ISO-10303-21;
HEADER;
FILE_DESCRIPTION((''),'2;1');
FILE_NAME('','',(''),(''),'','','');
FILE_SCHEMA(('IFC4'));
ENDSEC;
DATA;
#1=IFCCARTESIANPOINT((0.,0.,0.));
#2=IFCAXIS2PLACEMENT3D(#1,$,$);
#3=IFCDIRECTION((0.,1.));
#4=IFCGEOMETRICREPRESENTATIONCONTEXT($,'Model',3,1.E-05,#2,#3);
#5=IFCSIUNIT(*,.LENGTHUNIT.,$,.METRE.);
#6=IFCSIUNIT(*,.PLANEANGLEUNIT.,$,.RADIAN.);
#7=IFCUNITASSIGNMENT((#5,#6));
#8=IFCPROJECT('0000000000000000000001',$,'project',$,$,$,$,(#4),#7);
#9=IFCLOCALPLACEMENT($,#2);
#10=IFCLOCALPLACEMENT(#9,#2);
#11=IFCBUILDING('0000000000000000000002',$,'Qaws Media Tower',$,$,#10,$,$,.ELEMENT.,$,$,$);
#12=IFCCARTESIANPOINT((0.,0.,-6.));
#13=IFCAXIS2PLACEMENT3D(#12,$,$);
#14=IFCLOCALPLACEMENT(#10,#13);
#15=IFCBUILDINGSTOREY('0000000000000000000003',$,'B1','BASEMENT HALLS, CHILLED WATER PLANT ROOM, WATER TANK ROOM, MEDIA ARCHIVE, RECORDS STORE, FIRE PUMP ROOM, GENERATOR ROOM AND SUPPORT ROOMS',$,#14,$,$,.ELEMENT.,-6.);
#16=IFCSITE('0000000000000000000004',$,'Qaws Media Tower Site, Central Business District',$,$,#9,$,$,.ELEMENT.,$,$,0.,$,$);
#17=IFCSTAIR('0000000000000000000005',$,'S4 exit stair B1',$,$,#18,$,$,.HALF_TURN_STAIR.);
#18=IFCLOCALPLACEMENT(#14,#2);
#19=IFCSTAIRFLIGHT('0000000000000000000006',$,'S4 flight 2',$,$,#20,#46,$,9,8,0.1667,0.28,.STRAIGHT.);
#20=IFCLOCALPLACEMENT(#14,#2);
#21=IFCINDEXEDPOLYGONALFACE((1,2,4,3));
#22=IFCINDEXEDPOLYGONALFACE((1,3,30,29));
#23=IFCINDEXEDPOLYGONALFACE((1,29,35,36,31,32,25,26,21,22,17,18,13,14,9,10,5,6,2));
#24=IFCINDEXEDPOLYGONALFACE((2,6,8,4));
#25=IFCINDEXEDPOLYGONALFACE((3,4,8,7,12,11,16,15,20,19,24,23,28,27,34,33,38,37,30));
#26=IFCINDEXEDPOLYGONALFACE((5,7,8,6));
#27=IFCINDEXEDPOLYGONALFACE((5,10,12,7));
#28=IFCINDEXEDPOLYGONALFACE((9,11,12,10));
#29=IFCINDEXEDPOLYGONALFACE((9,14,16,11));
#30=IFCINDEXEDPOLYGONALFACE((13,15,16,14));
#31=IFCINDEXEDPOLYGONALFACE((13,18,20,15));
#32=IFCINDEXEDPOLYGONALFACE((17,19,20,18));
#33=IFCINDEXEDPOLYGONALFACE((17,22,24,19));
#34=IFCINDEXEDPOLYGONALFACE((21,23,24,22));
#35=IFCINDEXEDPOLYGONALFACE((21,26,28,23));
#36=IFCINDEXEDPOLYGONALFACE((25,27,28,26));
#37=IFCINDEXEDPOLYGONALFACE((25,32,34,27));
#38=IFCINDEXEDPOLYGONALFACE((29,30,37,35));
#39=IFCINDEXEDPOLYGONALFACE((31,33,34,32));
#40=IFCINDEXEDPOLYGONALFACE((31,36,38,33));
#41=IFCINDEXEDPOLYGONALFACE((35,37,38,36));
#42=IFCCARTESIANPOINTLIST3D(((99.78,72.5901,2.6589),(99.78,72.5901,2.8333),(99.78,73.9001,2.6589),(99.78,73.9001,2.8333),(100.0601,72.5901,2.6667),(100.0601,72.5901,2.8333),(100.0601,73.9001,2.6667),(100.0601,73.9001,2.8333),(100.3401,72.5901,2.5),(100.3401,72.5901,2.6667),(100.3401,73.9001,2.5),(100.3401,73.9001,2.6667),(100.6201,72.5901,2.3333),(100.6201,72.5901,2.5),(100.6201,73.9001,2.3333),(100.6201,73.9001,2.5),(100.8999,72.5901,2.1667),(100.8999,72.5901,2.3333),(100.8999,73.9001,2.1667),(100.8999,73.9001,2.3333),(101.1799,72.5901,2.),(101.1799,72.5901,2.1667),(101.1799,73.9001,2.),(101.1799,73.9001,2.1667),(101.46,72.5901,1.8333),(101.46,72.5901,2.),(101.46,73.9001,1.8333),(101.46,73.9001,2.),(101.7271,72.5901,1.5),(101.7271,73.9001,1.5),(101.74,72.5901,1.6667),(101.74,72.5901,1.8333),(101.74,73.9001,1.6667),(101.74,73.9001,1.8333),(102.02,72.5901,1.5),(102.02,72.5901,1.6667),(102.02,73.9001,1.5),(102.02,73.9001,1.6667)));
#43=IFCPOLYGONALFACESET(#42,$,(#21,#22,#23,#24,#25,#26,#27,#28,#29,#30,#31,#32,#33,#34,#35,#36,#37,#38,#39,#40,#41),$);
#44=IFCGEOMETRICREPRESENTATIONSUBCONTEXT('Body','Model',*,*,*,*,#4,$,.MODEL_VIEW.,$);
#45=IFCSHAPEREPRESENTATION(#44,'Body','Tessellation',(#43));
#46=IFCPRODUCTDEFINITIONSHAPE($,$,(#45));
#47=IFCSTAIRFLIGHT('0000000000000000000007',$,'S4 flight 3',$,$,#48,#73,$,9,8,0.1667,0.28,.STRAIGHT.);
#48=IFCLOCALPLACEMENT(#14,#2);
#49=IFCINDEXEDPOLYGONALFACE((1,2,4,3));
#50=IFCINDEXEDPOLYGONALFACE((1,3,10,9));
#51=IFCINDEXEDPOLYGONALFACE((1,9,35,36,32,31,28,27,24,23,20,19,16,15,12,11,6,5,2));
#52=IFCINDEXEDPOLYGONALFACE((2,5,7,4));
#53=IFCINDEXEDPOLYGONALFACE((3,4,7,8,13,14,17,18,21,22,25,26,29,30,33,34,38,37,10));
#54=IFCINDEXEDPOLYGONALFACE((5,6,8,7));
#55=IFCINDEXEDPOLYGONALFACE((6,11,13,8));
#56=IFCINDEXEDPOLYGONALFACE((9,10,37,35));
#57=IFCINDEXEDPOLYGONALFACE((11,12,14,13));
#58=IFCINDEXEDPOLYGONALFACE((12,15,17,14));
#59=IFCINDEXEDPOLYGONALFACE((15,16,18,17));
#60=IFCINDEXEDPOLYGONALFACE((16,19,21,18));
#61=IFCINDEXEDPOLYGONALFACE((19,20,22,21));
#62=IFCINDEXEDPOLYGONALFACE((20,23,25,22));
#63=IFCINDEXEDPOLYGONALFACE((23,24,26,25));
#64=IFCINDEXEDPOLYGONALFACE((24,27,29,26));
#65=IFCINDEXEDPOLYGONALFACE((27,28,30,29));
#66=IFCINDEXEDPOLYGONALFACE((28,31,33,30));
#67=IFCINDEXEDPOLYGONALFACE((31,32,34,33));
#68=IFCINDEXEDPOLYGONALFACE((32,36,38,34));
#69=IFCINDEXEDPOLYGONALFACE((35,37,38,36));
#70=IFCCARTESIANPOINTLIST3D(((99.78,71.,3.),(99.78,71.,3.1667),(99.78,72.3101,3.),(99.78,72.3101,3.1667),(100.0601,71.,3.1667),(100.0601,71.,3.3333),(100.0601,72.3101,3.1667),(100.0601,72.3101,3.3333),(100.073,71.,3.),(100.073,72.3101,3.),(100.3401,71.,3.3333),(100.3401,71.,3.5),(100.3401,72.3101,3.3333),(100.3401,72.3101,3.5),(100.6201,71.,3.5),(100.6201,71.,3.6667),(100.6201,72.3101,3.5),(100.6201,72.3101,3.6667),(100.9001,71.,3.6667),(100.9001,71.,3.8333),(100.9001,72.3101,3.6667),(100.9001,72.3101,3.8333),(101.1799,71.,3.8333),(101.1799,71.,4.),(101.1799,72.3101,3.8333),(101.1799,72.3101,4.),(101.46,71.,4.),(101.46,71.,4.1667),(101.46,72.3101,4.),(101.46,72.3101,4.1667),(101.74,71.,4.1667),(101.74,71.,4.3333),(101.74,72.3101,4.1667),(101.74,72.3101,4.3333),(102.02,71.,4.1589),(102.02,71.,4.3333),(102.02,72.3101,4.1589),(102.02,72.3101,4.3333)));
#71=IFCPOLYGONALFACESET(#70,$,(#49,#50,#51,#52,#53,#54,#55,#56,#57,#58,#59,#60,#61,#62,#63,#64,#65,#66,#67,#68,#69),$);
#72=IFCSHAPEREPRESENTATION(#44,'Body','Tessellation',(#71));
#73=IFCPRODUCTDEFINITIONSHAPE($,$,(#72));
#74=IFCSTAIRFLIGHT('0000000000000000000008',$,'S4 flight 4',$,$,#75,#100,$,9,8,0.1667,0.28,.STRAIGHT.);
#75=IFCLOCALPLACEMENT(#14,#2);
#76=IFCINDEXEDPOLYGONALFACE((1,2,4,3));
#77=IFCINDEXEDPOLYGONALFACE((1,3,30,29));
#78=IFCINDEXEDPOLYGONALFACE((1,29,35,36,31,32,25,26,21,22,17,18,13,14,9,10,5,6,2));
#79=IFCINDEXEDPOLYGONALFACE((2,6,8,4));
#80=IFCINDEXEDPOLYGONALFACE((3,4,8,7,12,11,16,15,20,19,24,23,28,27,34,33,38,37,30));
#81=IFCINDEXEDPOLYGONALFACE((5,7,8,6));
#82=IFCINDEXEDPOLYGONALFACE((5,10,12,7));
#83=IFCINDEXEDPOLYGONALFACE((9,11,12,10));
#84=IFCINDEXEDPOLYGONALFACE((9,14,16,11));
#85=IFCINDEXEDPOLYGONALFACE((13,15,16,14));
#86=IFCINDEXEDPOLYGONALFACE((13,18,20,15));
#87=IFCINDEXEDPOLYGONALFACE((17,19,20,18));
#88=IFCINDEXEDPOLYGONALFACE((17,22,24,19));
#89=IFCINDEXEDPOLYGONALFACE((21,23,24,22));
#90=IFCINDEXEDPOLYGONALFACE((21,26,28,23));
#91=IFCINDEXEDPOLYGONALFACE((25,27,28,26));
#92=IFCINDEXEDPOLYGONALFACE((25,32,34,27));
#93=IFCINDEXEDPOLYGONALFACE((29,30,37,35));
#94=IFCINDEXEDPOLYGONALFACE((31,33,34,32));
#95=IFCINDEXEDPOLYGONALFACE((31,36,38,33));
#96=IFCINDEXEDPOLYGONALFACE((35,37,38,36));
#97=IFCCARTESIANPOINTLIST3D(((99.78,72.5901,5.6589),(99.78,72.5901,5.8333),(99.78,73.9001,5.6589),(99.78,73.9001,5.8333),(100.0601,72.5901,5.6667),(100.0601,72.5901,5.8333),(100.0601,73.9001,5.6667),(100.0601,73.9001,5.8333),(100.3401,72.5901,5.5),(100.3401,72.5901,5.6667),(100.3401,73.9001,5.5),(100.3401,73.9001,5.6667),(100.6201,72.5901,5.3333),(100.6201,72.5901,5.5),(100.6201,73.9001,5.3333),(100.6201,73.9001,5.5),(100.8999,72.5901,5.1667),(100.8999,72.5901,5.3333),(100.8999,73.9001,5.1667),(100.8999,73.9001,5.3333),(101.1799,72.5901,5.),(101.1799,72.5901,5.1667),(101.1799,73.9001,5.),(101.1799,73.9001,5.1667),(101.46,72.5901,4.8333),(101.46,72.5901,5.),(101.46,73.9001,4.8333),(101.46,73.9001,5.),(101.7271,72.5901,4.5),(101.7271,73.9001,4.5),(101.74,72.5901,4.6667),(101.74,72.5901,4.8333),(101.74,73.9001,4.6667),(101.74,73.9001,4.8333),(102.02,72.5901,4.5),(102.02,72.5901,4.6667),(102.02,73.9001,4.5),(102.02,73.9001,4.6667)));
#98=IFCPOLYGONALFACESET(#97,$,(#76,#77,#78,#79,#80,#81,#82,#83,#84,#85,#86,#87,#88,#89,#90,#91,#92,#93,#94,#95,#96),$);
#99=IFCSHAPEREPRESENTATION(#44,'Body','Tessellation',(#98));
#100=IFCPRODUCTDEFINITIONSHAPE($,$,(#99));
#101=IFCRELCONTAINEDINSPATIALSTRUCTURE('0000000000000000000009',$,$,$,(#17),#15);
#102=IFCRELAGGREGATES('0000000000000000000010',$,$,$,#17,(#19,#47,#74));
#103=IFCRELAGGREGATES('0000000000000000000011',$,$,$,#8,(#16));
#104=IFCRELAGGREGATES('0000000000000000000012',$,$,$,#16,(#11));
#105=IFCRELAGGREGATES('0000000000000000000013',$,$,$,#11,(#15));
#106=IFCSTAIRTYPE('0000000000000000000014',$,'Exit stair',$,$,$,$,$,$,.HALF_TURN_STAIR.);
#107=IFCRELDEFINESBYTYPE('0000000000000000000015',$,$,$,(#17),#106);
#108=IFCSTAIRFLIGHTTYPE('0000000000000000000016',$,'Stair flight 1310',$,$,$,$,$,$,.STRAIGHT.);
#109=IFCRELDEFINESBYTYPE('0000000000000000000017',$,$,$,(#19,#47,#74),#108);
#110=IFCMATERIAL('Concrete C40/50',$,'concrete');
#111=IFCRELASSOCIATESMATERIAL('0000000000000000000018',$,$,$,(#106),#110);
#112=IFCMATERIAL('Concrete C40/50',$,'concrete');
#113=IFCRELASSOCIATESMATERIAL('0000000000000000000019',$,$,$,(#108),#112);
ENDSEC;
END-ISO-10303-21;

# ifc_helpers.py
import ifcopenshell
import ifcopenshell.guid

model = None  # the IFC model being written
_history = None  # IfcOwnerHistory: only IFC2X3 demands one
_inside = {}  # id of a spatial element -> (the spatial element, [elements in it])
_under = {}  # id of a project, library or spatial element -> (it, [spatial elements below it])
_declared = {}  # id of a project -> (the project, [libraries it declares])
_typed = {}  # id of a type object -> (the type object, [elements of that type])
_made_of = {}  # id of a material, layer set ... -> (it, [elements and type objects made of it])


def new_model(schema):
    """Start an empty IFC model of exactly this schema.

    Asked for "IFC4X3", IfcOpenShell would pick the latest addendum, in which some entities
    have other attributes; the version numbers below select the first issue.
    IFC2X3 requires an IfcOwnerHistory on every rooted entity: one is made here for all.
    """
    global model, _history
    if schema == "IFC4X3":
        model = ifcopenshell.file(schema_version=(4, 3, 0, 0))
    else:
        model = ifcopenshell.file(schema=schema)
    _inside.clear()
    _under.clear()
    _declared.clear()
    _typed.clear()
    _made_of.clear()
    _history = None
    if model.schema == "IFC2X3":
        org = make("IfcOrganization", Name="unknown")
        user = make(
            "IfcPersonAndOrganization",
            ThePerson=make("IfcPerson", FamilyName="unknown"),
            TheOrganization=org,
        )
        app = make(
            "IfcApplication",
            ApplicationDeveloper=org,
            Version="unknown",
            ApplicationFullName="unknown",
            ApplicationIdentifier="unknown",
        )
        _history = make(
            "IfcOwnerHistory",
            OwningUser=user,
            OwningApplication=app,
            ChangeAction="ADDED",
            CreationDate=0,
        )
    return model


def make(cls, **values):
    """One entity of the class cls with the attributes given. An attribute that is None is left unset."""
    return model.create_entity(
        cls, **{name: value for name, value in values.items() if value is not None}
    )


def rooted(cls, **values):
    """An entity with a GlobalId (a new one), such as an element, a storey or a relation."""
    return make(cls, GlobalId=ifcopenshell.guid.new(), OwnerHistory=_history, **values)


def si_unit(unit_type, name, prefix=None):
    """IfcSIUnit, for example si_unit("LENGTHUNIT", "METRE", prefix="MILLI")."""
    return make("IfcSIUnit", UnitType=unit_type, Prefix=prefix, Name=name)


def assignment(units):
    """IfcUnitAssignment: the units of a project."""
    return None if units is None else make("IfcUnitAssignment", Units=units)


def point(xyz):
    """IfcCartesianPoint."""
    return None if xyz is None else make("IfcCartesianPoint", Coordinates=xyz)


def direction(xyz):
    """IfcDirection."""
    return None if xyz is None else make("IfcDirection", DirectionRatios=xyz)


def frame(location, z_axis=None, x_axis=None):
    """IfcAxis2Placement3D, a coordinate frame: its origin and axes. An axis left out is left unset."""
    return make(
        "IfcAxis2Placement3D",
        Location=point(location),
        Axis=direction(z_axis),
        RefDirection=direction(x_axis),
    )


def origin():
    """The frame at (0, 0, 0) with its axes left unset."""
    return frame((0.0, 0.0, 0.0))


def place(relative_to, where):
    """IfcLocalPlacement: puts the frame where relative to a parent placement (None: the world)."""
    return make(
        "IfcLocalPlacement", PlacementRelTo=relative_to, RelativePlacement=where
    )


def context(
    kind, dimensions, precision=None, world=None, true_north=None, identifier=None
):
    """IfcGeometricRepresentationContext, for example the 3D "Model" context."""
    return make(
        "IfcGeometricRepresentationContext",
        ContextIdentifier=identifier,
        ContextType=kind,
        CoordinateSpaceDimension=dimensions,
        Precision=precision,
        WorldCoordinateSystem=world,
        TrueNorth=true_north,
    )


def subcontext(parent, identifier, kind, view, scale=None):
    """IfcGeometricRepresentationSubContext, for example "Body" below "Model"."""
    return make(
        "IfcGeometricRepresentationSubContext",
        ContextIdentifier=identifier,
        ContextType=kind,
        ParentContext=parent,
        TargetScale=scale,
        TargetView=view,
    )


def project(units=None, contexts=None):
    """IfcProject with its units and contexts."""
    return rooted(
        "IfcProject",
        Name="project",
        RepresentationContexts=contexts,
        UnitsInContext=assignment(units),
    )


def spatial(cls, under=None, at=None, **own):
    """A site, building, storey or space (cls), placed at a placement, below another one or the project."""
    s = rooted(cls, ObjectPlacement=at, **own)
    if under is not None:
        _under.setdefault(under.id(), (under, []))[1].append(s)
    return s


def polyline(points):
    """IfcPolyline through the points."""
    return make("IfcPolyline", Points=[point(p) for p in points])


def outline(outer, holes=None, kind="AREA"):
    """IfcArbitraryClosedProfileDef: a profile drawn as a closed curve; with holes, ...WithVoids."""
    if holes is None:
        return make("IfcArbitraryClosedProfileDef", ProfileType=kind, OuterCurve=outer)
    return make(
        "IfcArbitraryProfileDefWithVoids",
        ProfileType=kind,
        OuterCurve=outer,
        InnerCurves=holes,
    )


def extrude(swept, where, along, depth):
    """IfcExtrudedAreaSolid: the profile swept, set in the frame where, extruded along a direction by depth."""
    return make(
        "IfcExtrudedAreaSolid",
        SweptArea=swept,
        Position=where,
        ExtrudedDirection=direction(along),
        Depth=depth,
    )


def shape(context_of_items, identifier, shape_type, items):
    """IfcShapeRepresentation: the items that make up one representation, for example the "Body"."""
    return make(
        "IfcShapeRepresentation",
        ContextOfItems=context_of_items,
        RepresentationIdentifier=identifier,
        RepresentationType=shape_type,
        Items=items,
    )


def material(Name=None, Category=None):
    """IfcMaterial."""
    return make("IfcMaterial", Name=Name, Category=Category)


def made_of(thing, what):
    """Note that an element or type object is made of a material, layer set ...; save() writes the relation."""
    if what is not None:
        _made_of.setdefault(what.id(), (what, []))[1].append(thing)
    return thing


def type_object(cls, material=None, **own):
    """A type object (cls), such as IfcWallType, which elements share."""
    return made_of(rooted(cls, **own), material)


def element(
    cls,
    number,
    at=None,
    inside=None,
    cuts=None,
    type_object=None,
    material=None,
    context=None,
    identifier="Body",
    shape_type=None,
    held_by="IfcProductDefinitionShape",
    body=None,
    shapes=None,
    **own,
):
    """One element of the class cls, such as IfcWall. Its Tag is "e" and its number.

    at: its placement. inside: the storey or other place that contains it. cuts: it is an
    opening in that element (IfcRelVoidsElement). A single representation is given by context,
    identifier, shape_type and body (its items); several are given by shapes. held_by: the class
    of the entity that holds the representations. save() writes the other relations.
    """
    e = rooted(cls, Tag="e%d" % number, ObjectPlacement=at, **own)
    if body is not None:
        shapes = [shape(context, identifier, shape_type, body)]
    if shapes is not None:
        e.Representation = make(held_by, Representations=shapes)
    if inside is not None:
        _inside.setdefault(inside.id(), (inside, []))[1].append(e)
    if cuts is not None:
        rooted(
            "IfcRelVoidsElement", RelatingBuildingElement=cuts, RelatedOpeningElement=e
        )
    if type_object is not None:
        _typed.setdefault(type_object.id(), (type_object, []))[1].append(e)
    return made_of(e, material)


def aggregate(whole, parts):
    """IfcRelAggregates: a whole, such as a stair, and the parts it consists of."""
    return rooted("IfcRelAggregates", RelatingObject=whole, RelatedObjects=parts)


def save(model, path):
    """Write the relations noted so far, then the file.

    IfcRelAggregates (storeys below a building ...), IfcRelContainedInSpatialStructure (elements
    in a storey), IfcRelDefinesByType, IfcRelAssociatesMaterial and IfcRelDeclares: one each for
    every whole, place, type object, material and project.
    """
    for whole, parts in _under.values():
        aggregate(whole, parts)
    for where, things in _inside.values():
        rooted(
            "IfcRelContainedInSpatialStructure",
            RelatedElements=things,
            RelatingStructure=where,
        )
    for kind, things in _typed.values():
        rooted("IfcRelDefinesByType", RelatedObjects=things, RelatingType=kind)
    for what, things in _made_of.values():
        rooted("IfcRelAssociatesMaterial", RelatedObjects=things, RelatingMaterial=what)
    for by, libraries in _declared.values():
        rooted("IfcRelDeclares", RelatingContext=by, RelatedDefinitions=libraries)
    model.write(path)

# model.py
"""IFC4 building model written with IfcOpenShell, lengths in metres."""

from ifc_helpers import new_model, si_unit, direction, frame, origin, place, context, subcontext, project, spatial, polyline, outline, extrude, material, type_object, element, aggregate, save


model = new_model("IFC4")

# Units and contexts
model_context = context("Model", 3, precision=1e-05, world=origin(), true_north=direction((0.0, 1.0)))
body_context = subcontext(model_context, "Body", "Model", "MODEL_VIEW")
ifc_project = project(units=[si_unit("LENGTHUNIT", "METRE"), si_unit("PLANEANGLEUNIT", "RADIAN")], contexts=[model_context])

# Site, building, storey
site_placement = place(None, origin())
site = spatial("IfcSite", under=ifc_project, at=site_placement, Name="Qaws Media Tower Site, Central Business District", CompositionType="ELEMENT", RefElevation=0.0)
building_placement = place(site_placement, origin())
building = spatial("IfcBuilding", under=site, at=building_placement, Name="Qaws Media Tower", CompositionType="ELEMENT")
storey_placement = place(building_placement, frame((0.0, 0.0, -6.0)))
storey = spatial("IfcBuildingStorey", under=building, at=storey_placement, Name="B1", Description="BASEMENT HALLS, CHILLED WATER PLANT ROOM, WATER TANK ROOM, MEDIA ARCHIVE, RECORDS STORE, FIRE PUMP ROOM, GENERATOR ROOM AND SUPPORT ROOMS", CompositionType="ELEMENT", Elevation=-6.0)

# Stair, stair flights
ifc_material_1 = material(Name="Concrete C40/50", Category="concrete")
stair_type = type_object("IfcStairType", Name="Exit stair", PredefinedType="HALF_TURN_STAIR", material=ifc_material_1)
stair_placement = place(storey_placement, origin())
stair = element("IfcStair", 1, at=stair_placement, inside=storey, type_object=stair_type, Name="S4 exit stair B1", PredefinedType="HALF_TURN_STAIR")
ifc_material_2 = material(Name="Concrete C40/50", Category="concrete")
stair_flight_type = type_object("IfcStairFlightType", Name="Stair flight 1310", PredefinedType="STRAIGHT", material=ifc_material_2)
stair_flight_1_placement = place(storey_placement, frame((102.02, 73.2451, 1.5), z_axis=(0.0, 0.0, 1.0), x_axis=(-1.0, 0.0, 0.0)))
stair_flight_1 = element("IfcStairFlight", 2, at=stair_flight_1_placement, type_object=stair_flight_type, Name="S4 flight 2", NumberOfRisers=9, NumberOfTreads=8, PredefinedType="STRAIGHT", RiserHeight=0.1667, TreadLength=0.28, context=body_context, shape_type="SweptSolid", body=[
    extrude(outline(polyline([(0.0, 0.0), (0.0, 0.1667), (0.28, 0.1667), (0.28, 0.3333), (0.5601, 0.3333), (0.5601, 0.5), (0.8401, 0.5), (0.8401, 0.6667), (1.1201, 0.6667), (1.1201, 0.8333), (1.3999, 0.8333), (1.3999, 1.0), (1.6799, 1.0), (1.6799, 1.1667), (1.96, 1.1667), (1.96, 1.3333), (2.24, 1.3333), (2.24, 1.5), (2.24, 1.1589), (0.293, 0.0), (0.0, 0.0)])), frame((0.0, 0.655, 0.0), z_axis=(0.0, -1.0, 0.0), x_axis=(1.0, 0.0, 0.0)), (0.0, 0.0, 1.0), 1.3101),
])
stair_flight_2_placement = place(storey_placement, frame((99.78, 71.655, 3.0), z_axis=(0.0, 0.0, 1.0), x_axis=(1.0, 0.0, 0.0)))
stair_flight_2 = element("IfcStairFlight", 3, at=stair_flight_2_placement, type_object=stair_flight_type, Name="S4 flight 3", NumberOfRisers=9, NumberOfTreads=8, PredefinedType="STRAIGHT", RiserHeight=0.1667, TreadLength=0.28, context=body_context, shape_type="SweptSolid", body=[
    extrude(outline(polyline([(0.0, 0.0), (0.0, 0.1667), (0.28, 0.1667), (0.28, 0.3333), (0.5601, 0.3333), (0.5601, 0.5), (0.8401, 0.5), (0.8401, 0.6667), (1.1201, 0.6667), (1.1201, 0.8333), (1.3999, 0.8333), (1.3999, 1.0), (1.6799, 1.0), (1.6799, 1.1667), (1.96, 1.1667), (1.96, 1.3333), (2.24, 1.3333), (2.24, 1.5), (2.24, 1.1589), (0.293, 0.0), (0.0, 0.0)])), frame((0.0, 0.655, 0.0), z_axis=(0.0, -1.0, 0.0), x_axis=(1.0, 0.0, 0.0)), (0.0, 0.0, 1.0), 1.3101),
])
stair_flight_3_placement = place(storey_placement, frame((102.02, 73.2451, 4.5), z_axis=(0.0, 0.0, 1.0), x_axis=(-1.0, 0.0, 0.0)))
stair_flight_3 = element("IfcStairFlight", 4, at=stair_flight_3_placement, type_object=stair_flight_type, Name="S4 flight 4", NumberOfRisers=9, NumberOfTreads=8, PredefinedType="STRAIGHT", RiserHeight=0.1667, TreadLength=0.28, context=body_context, shape_type="SweptSolid", body=[
    extrude(outline(polyline([(0.0, 0.0), (0.0, 0.1667), (0.28, 0.1667), (0.28, 0.3333), (0.5601, 0.3333), (0.5601, 0.5), (0.8401, 0.5), (0.8401, 0.6667), (1.1201, 0.6667), (1.1201, 0.8333), (1.3999, 0.8333), (1.3999, 1.0), (1.6799, 1.0), (1.6799, 1.1667), (1.96, 1.1667), (1.96, 1.3333), (2.24, 1.3333), (2.24, 1.5), (2.24, 1.1589), (0.293, 0.0), (0.0, 0.0)])), frame((0.0, 0.655, 0.0), z_axis=(0.0, -1.0, 0.0), x_axis=(1.0, 0.0, 0.0)), (0.0, 0.0, 1.0), 1.3101),
])
aggregate(stair, [stair_flight_1, stair_flight_2, stair_flight_3])

save(model, "model.ifc")
